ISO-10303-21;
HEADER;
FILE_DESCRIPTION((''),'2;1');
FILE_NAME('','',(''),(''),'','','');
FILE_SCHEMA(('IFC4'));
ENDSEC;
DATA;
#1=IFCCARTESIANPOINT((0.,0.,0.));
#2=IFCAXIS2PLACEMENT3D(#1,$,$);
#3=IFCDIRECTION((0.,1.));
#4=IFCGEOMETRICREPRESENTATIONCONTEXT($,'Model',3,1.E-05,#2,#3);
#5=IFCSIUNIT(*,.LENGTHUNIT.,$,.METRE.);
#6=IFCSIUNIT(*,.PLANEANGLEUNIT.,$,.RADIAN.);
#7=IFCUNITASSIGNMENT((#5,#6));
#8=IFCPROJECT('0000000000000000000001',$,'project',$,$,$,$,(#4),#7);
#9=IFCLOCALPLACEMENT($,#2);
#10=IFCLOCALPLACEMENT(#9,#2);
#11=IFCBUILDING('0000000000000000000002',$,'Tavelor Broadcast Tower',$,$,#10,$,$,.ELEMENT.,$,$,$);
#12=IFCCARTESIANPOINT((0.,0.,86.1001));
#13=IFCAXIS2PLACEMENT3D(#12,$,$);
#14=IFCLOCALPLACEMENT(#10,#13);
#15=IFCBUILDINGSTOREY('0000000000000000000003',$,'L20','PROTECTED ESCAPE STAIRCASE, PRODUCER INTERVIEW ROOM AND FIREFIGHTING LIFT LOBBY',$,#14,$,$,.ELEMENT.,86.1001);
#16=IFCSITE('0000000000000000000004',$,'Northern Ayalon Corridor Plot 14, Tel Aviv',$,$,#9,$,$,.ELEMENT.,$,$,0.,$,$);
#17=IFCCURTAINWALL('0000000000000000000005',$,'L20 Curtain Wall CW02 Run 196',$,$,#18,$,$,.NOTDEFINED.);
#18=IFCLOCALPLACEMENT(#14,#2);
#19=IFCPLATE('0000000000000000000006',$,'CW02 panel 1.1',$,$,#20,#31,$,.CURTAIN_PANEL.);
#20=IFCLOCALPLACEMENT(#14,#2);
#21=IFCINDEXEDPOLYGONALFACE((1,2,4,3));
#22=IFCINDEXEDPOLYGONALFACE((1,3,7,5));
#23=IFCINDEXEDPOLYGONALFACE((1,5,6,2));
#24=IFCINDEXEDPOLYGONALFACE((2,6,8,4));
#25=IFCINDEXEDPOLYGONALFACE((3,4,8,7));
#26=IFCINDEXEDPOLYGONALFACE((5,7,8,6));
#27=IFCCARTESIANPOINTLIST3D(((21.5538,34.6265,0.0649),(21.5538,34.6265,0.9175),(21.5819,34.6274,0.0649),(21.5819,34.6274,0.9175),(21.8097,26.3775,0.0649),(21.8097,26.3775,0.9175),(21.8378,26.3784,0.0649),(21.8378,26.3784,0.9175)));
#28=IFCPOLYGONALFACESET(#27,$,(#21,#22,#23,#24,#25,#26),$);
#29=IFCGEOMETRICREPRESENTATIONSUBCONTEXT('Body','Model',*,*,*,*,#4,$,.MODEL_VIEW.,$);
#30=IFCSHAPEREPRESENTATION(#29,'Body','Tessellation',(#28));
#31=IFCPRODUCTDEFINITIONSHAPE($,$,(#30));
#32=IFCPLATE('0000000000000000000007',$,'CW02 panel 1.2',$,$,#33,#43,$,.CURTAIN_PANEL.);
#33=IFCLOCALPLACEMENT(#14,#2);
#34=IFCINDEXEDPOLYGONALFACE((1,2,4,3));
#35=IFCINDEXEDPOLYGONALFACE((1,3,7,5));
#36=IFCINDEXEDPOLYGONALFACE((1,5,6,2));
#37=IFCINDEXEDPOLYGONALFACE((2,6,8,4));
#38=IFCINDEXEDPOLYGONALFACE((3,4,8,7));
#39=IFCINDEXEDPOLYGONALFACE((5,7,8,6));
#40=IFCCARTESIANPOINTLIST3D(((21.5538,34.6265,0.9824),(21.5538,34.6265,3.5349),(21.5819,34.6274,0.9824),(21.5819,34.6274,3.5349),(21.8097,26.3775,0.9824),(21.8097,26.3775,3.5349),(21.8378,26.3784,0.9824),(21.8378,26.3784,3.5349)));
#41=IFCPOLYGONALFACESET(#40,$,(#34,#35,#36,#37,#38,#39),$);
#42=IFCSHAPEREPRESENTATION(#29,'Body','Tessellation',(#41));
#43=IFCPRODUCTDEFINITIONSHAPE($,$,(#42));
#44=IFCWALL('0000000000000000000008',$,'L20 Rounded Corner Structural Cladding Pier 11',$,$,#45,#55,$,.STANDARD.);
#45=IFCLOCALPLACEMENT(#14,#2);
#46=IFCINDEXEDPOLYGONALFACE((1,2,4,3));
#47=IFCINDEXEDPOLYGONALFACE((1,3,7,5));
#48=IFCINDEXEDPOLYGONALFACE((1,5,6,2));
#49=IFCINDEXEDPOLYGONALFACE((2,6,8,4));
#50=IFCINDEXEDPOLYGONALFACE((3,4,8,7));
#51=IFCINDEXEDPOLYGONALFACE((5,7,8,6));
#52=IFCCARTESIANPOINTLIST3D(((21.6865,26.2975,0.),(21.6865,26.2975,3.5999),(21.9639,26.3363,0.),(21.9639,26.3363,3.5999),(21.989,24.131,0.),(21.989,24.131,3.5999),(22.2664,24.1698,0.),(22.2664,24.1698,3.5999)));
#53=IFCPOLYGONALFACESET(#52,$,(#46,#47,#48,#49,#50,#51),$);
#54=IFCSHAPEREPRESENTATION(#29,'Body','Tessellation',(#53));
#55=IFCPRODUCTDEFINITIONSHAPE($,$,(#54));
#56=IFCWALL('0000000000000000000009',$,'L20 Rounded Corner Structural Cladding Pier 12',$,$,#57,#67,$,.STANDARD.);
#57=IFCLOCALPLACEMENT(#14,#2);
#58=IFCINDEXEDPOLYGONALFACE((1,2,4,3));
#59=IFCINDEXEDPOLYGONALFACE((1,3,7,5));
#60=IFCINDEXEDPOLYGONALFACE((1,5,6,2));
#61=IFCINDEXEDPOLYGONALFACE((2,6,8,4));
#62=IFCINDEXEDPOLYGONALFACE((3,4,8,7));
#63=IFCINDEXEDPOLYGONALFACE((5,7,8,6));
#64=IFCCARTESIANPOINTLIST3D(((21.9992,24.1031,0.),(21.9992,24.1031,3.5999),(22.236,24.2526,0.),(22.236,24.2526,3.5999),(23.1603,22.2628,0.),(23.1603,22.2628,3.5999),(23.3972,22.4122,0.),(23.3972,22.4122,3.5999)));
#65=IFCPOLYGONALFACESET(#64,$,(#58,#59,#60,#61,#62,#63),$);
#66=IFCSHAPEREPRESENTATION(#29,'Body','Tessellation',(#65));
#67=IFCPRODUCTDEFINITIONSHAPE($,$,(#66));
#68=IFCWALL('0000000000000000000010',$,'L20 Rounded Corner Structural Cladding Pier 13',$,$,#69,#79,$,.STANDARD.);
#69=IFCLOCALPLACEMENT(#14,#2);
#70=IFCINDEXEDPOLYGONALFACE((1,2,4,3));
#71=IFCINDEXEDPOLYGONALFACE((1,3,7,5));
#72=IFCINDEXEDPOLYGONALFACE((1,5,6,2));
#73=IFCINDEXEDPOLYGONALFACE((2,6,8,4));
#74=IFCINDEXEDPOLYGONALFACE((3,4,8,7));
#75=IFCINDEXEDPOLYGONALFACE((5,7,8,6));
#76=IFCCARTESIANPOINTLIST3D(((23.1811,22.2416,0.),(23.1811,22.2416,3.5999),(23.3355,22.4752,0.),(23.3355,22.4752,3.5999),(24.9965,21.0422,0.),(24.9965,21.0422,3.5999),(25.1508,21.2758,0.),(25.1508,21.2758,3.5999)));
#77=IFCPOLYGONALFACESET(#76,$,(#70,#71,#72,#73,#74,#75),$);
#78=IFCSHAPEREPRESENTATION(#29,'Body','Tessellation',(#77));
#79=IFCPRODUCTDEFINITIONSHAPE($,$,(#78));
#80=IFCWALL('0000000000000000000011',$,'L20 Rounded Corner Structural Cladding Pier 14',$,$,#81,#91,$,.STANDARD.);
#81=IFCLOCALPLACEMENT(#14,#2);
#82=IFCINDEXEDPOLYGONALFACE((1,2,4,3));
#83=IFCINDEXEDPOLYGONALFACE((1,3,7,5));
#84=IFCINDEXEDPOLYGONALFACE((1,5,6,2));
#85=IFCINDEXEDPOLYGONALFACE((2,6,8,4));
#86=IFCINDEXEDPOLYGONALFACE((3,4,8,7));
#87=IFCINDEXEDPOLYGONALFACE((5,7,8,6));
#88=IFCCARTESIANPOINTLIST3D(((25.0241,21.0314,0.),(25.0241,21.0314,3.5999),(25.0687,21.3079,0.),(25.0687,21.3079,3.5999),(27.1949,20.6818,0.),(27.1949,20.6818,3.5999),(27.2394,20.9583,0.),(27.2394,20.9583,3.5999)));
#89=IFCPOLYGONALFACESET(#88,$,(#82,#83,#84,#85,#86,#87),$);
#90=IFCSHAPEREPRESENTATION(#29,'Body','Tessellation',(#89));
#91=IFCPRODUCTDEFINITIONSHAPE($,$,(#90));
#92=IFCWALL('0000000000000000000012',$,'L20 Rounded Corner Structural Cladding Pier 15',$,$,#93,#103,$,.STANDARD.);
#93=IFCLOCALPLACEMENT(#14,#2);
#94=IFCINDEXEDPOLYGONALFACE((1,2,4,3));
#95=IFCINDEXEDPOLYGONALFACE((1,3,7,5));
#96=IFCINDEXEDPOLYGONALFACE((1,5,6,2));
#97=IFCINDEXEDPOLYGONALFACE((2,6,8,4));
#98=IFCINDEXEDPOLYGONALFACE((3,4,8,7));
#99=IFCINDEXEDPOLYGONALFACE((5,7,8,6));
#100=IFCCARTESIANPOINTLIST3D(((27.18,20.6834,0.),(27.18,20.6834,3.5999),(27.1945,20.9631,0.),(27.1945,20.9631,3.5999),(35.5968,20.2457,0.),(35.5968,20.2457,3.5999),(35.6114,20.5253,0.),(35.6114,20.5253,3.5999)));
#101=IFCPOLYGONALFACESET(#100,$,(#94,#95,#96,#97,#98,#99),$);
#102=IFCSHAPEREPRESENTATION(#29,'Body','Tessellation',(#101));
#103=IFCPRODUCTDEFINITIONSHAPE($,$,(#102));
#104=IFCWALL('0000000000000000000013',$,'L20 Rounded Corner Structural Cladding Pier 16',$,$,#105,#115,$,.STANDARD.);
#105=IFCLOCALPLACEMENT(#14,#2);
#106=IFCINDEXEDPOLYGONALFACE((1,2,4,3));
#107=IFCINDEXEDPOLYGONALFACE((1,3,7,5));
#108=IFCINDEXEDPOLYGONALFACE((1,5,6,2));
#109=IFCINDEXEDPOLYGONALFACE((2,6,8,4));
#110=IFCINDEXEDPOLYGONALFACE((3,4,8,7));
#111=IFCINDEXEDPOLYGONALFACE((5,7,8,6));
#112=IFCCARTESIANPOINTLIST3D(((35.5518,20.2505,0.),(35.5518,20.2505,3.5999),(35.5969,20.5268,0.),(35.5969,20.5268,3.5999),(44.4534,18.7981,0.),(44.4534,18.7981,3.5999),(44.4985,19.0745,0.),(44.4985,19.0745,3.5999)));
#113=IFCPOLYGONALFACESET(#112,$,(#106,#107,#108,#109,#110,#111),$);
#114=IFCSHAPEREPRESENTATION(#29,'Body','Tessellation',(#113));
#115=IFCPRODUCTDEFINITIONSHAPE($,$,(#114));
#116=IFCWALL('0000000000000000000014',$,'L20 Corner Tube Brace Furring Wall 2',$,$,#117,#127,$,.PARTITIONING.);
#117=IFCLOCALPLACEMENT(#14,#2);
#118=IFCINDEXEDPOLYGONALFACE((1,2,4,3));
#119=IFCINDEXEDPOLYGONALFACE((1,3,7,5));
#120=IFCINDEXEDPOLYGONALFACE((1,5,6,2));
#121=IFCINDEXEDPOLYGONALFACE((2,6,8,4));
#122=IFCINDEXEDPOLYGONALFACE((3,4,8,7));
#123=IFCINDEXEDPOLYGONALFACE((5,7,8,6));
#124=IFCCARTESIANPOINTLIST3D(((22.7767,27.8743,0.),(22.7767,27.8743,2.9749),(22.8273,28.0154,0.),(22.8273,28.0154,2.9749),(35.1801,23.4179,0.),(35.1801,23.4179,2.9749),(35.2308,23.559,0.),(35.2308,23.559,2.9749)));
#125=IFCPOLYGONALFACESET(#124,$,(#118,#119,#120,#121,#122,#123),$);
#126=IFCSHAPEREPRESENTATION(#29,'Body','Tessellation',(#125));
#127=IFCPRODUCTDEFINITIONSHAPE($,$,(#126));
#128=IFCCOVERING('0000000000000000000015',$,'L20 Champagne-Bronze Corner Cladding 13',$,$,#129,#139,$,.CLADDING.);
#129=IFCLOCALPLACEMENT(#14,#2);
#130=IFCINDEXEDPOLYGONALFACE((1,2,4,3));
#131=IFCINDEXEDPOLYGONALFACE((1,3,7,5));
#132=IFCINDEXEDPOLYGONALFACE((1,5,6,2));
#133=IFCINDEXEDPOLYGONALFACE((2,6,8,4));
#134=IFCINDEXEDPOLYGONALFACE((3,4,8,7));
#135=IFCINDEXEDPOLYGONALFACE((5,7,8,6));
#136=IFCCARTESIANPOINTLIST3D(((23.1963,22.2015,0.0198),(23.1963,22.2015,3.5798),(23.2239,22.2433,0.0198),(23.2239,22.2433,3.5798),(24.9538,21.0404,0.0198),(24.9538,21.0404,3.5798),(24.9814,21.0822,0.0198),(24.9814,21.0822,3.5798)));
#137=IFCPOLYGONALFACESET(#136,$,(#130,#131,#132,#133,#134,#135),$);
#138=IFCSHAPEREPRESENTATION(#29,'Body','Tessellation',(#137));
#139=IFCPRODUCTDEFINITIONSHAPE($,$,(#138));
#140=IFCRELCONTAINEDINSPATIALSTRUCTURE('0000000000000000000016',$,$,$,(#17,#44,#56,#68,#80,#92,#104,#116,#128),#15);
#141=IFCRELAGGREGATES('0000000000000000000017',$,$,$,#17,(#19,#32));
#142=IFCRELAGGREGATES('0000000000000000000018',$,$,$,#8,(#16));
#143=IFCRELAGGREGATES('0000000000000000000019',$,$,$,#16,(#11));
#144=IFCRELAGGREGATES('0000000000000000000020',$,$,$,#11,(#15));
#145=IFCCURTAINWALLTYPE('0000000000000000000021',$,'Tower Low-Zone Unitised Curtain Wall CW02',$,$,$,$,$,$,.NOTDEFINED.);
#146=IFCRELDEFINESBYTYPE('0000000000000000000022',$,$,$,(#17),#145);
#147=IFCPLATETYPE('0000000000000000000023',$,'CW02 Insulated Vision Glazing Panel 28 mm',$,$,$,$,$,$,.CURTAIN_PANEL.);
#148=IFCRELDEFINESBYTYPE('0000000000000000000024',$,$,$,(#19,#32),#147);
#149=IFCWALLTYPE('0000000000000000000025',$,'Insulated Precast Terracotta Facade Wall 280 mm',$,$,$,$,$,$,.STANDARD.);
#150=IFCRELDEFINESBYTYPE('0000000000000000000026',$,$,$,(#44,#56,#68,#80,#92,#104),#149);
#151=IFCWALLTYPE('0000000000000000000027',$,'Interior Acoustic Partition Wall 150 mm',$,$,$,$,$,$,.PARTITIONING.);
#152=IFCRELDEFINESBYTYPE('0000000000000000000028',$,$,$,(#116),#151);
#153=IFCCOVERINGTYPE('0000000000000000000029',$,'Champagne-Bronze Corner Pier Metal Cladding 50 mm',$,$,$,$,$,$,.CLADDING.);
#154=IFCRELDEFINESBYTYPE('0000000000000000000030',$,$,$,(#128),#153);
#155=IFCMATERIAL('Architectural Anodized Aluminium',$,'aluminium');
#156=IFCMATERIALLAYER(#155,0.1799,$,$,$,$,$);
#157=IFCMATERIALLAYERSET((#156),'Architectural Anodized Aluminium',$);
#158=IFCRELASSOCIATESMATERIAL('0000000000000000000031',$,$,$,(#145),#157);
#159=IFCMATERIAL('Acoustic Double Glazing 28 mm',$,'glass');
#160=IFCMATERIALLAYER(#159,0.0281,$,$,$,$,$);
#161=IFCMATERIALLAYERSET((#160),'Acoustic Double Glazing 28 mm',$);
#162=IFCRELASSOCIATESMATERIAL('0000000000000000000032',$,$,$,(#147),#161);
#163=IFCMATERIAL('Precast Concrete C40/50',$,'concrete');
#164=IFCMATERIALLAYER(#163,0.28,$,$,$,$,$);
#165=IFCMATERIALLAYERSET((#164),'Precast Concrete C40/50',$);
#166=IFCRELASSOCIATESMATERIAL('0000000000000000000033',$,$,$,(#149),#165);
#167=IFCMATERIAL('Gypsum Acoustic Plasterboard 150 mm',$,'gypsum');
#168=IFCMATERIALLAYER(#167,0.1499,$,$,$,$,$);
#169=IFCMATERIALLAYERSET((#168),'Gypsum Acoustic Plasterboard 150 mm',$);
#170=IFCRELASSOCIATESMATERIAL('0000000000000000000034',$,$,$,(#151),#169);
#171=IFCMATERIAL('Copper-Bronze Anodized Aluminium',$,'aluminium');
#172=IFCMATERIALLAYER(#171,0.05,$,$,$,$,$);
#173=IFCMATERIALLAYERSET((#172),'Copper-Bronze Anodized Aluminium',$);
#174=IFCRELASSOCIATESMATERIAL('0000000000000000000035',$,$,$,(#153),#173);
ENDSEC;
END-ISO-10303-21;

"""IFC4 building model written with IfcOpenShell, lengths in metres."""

from ifc_helpers import new_model, si_unit, direction, frame, frame_2d, origin, origin_2d, place, context, subcontext, project, spatial, rectangle, extrude, source, transform, mapped, material, layer, layer_set, type_object, type_shapes, element, aggregate, save


model = new_model("IFC4")

# Units and contexts
model_context = context("Model", 3, precision=1e-05, world=origin(), true_north=direction((0.0, 1.0)))
body_context = subcontext(model_context, "Body", "Model", "MODEL_VIEW")
ifc_project = project(units=[si_unit("LENGTHUNIT", "METRE"), si_unit("PLANEANGLEUNIT", "RADIAN")], contexts=[model_context])

# Site, building, storey
site_placement = place(None, origin())
site = spatial("IfcSite", under=ifc_project, at=site_placement, Name="Northern Ayalon Corridor Plot 14, Tel Aviv", CompositionType="ELEMENT", RefElevation=0.0)
building_placement = place(site_placement, origin())
building = spatial("IfcBuilding", under=site, at=building_placement, Name="Tavelor Broadcast Tower", CompositionType="ELEMENT")
storey_placement = place(building_placement, frame((0.0, 0.0, 86.1001)))
storey = spatial("IfcBuildingStorey", under=building, at=storey_placement, Name="L20", Description="PROTECTED ESCAPE STAIRCASE, PRODUCER INTERVIEW ROOM AND FIREFIGHTING LIFT LOBBY", CompositionType="ELEMENT", Elevation=86.1001)

# Curtain wall
ifc_material_1 = material(Name="Architectural Anodized Aluminium", Category="aluminium")
ifc_layer_1 = layer(ifc_material_1, 0.1799)
ifc_layer_set_1 = layer_set([ifc_layer_1], Name="Architectural Anodized Aluminium")
curtain_wall_type = type_object("IfcCurtainWallType", Name="Tower Low-Zone Unitised Curtain Wall CW02", PredefinedType="NOTDEFINED", material=ifc_layer_set_1)
curtain_wall_placement = place(storey_placement, origin())
curtain_wall = element("IfcCurtainWall", 1, at=curtain_wall_placement, inside=storey, type_object=curtain_wall_type, Name="L20 Curtain Wall CW02 Run 196", PredefinedType="NOTDEFINED")

# Plates
ifc_material_2 = material(Name="Acoustic Double Glazing 28 mm", Category="glass")
ifc_layer_2 = layer(ifc_material_2, 0.0281)
ifc_layer_set_2 = layer_set([ifc_layer_2], Name="Acoustic Double Glazing 28 mm")
plate_type_1 = type_object("IfcPlateType", Name="CW02 Insulated Vision Glazing Panel 28 mm", PredefinedType="CURTAIN_PANEL", material=ifc_layer_set_2)
shared_shape_1 = source(origin(), body_context, "Body", "SweptSolid", [
    extrude(rectangle(XDim=8.2529, YDim=0.0281, at=origin_2d()), origin(), (0.0, 0.0, 1.0), 0.8525),
])
plate_1_placement = place(storey_placement, frame((21.6958, 30.5024, 0.0649), z_axis=(0.0, 0.0, 1.0), x_axis=(0.031003, -0.999519, 0.0)))
plate_1 = element("IfcPlate", 2, at=plate_1_placement, type_object=plate_type_1, Name="CW02 panel 1.1", PredefinedType="CURTAIN_PANEL", context=body_context, shape_type="MappedRepresentation", body=[
    mapped(shared_shape_1, transform((0.0, 0.0, 0.0), scale=1.0)),
])
shared_shape_2 = source(origin(), body_context, "Body", "SweptSolid", [
    extrude(rectangle(XDim=8.2529, YDim=0.0281, at=origin_2d()), origin(), (0.0, 0.0, 1.0), 2.5525),
])
type_shapes(plate_type_1, [shared_shape_1, shared_shape_2])
plate_2_placement = place(storey_placement, frame((21.6958, 30.5024, 0.9824), z_axis=(0.0, 0.0, 1.0), x_axis=(0.031003, -0.999519, 0.0)))
plate_2 = element("IfcPlate", 3, at=plate_2_placement, type_object=plate_type_1, Name="CW02 panel 1.2", PredefinedType="CURTAIN_PANEL", context=body_context, shape_type="MappedRepresentation", body=[
    mapped(shared_shape_2, transform((0.0, 0.0, 0.0), scale=1.0)),
])
aggregate(curtain_wall, [plate_1, plate_2])

# Walls
ifc_material_3 = material(Name="Precast Concrete C40/50", Category="concrete")
ifc_layer_3 = layer(ifc_material_3, 0.28)
ifc_layer_set_3 = layer_set([ifc_layer_3], Name="Precast Concrete C40/50")
wall_type_1 = type_object("IfcWallType", Name="Insulated Precast Terracotta Facade Wall 280 mm", PredefinedType="STANDARD", material=ifc_layer_set_3)
wall_1_placement = place(storey_placement, frame((21.8252, 26.3169, 0.0), z_axis=(0.0, 0.0, 1.0), x_axis=(0.13828, -0.990393, 0.0)))
element("IfcWall", 4, at=wall_1_placement, inside=storey, type_object=wall_type_1, Name="L20 Rounded Corner Structural Cladding Pier 11", PredefinedType="STANDARD", context=body_context, shape_type="SweptSolid", body=[
    extrude(rectangle(XDim=2.1875, YDim=0.28, at=frame_2d((1.0938, 0.0))), origin(), (0.0, 0.0, 1.0), 3.5999),
])
wall_2_placement = place(storey_placement, frame((22.1177, 24.1777, 0.0), z_axis=(0.0, 0.0, 1.0), x_axis=(0.533605, -0.845734, 0.0)))
element("IfcWall", 5, at=wall_2_placement, inside=storey, type_object=wall_type_1, Name="L20 Rounded Corner Structural Cladding Pier 12", PredefinedType="STANDARD", context=body_context, shape_type="SweptSolid", body=[
    extrude(rectangle(XDim=2.176, YDim=0.28, at=frame_2d((1.0879, 0.0))), origin(), (0.0, 0.0, 1.0), 3.5999),
])
wall_3_placement = place(storey_placement, frame((23.2583, 22.3584, 0.0), z_axis=(0.0, 0.0, 1.0), x_axis=(0.834339, -0.551252, 0.0)))
element("IfcWall", 6, at=wall_3_placement, inside=storey, type_object=wall_type_1, Name="L20 Rounded Corner Structural Cladding Pier 13", PredefinedType="STANDARD", context=body_context, shape_type="SweptSolid", body=[
    extrude(rectangle(XDim=2.1758, YDim=0.28, at=frame_2d((1.0879, 0.0))), origin(), (0.0, 0.0, 1.0), 3.5999),
])
wall_4_placement = place(storey_placement, frame((25.0464, 21.1697, 0.0), z_axis=(0.0, 0.0, 1.0), x_axis=(0.987277, -0.159012, 0.0)))
element("IfcWall", 7, at=wall_4_placement, inside=storey, type_object=wall_type_1, Name="L20 Rounded Corner Structural Cladding Pier 14", PredefinedType="STANDARD", context=body_context, shape_type="SweptSolid", body=[
    extrude(rectangle(XDim=2.1987, YDim=0.28, at=frame_2d((1.0994, 0.0))), origin(), (0.0, 0.0, 1.0), 3.5999),
])
wall_5_placement = place(storey_placement, frame((27.1873, 20.8232, 0.0), z_axis=(0.0, 0.0, 1.0), x_axis=(0.99865, -0.051939, 0.0)))
element("IfcWall", 8, at=wall_5_placement, inside=storey, type_object=wall_type_1, Name="L20 Rounded Corner Structural Cladding Pier 15", PredefinedType="STANDARD", context=body_context, shape_type="SweptSolid", body=[
    extrude(rectangle(XDim=8.4282, YDim=0.28, at=frame_2d((4.2141, 0.0))), origin(), (0.0, 0.0, 1.0), 3.5999),
])
wall_6_placement = place(storey_placement, frame((35.5742, 20.3887, 0.0), z_axis=(0.0, 0.0, 1.0), x_axis=(0.986949, -0.161031, 0.0)))
element("IfcWall", 9, at=wall_6_placement, inside=storey, type_object=wall_type_1, Name="L20 Rounded Corner Structural Cladding Pier 16", PredefinedType="STANDARD", context=body_context, shape_type="SweptSolid", body=[
    extrude(rectangle(XDim=9.0193, YDim=0.28, at=frame_2d((4.5098, 0.0))), origin(), (0.0, 0.0, 1.0), 3.5999),
])
ifc_material_4 = material(Name="Gypsum Acoustic Plasterboard 150 mm", Category="gypsum")
ifc_layer_4 = layer(ifc_material_4, 0.1499)
ifc_layer_set_4 = layer_set([ifc_layer_4], Name="Gypsum Acoustic Plasterboard 150 mm")
wall_type_2 = type_object("IfcWallType", Name="Interior Acoustic Partition Wall 150 mm", PredefinedType="PARTITIONING", material=ifc_layer_set_4)
wall_7_placement = place(storey_placement, frame((22.802, 27.9448, 0.0), z_axis=(0.0, 0.0, 1.0), x_axis=(0.941102, -0.338122, 0.0)))
element("IfcWall", 10, at=wall_7_placement, inside=storey, type_object=wall_type_2, Name="L20 Corner Tube Brace Furring Wall 2", PredefinedType="PARTITIONING", context=body_context, shape_type="SweptSolid", body=[
    extrude(rectangle(XDim=13.1797, YDim=0.1499, at=frame_2d((6.5898, 0.0))), origin(), (0.0, 0.0, 1.0), 2.9749),
])

# Covering
ifc_material_5 = material(Name="Copper-Bronze Anodized Aluminium", Category="aluminium")
ifc_layer_5 = layer(ifc_material_5, 0.05)
ifc_layer_set_5 = layer_set([ifc_layer_5], Name="Copper-Bronze Anodized Aluminium")
covering_type = type_object("IfcCoveringType", Name="Champagne-Bronze Corner Pier Metal Cladding 50 mm", PredefinedType="CLADDING", material=ifc_layer_set_5)
covering_placement = place(storey_placement, frame((24.0889, 21.6418, 0.0198), z_axis=(0.0, 0.0, 1.0), x_axis=(0.834367, -0.551209, 0.0)))
element("IfcCovering", 11, at=covering_placement, inside=storey, type_object=covering_type, Name="L20 Champagne-Bronze Corner Cladding 13", PredefinedType="CLADDING", context=body_context, shape_type="SweptSolid", body=[
    extrude(rectangle(XDim=2.1064, YDim=0.05, at=origin_2d()), origin(), (0.0, 0.0, 1.0), 3.5601),
])

save(model, "model.ifc")
